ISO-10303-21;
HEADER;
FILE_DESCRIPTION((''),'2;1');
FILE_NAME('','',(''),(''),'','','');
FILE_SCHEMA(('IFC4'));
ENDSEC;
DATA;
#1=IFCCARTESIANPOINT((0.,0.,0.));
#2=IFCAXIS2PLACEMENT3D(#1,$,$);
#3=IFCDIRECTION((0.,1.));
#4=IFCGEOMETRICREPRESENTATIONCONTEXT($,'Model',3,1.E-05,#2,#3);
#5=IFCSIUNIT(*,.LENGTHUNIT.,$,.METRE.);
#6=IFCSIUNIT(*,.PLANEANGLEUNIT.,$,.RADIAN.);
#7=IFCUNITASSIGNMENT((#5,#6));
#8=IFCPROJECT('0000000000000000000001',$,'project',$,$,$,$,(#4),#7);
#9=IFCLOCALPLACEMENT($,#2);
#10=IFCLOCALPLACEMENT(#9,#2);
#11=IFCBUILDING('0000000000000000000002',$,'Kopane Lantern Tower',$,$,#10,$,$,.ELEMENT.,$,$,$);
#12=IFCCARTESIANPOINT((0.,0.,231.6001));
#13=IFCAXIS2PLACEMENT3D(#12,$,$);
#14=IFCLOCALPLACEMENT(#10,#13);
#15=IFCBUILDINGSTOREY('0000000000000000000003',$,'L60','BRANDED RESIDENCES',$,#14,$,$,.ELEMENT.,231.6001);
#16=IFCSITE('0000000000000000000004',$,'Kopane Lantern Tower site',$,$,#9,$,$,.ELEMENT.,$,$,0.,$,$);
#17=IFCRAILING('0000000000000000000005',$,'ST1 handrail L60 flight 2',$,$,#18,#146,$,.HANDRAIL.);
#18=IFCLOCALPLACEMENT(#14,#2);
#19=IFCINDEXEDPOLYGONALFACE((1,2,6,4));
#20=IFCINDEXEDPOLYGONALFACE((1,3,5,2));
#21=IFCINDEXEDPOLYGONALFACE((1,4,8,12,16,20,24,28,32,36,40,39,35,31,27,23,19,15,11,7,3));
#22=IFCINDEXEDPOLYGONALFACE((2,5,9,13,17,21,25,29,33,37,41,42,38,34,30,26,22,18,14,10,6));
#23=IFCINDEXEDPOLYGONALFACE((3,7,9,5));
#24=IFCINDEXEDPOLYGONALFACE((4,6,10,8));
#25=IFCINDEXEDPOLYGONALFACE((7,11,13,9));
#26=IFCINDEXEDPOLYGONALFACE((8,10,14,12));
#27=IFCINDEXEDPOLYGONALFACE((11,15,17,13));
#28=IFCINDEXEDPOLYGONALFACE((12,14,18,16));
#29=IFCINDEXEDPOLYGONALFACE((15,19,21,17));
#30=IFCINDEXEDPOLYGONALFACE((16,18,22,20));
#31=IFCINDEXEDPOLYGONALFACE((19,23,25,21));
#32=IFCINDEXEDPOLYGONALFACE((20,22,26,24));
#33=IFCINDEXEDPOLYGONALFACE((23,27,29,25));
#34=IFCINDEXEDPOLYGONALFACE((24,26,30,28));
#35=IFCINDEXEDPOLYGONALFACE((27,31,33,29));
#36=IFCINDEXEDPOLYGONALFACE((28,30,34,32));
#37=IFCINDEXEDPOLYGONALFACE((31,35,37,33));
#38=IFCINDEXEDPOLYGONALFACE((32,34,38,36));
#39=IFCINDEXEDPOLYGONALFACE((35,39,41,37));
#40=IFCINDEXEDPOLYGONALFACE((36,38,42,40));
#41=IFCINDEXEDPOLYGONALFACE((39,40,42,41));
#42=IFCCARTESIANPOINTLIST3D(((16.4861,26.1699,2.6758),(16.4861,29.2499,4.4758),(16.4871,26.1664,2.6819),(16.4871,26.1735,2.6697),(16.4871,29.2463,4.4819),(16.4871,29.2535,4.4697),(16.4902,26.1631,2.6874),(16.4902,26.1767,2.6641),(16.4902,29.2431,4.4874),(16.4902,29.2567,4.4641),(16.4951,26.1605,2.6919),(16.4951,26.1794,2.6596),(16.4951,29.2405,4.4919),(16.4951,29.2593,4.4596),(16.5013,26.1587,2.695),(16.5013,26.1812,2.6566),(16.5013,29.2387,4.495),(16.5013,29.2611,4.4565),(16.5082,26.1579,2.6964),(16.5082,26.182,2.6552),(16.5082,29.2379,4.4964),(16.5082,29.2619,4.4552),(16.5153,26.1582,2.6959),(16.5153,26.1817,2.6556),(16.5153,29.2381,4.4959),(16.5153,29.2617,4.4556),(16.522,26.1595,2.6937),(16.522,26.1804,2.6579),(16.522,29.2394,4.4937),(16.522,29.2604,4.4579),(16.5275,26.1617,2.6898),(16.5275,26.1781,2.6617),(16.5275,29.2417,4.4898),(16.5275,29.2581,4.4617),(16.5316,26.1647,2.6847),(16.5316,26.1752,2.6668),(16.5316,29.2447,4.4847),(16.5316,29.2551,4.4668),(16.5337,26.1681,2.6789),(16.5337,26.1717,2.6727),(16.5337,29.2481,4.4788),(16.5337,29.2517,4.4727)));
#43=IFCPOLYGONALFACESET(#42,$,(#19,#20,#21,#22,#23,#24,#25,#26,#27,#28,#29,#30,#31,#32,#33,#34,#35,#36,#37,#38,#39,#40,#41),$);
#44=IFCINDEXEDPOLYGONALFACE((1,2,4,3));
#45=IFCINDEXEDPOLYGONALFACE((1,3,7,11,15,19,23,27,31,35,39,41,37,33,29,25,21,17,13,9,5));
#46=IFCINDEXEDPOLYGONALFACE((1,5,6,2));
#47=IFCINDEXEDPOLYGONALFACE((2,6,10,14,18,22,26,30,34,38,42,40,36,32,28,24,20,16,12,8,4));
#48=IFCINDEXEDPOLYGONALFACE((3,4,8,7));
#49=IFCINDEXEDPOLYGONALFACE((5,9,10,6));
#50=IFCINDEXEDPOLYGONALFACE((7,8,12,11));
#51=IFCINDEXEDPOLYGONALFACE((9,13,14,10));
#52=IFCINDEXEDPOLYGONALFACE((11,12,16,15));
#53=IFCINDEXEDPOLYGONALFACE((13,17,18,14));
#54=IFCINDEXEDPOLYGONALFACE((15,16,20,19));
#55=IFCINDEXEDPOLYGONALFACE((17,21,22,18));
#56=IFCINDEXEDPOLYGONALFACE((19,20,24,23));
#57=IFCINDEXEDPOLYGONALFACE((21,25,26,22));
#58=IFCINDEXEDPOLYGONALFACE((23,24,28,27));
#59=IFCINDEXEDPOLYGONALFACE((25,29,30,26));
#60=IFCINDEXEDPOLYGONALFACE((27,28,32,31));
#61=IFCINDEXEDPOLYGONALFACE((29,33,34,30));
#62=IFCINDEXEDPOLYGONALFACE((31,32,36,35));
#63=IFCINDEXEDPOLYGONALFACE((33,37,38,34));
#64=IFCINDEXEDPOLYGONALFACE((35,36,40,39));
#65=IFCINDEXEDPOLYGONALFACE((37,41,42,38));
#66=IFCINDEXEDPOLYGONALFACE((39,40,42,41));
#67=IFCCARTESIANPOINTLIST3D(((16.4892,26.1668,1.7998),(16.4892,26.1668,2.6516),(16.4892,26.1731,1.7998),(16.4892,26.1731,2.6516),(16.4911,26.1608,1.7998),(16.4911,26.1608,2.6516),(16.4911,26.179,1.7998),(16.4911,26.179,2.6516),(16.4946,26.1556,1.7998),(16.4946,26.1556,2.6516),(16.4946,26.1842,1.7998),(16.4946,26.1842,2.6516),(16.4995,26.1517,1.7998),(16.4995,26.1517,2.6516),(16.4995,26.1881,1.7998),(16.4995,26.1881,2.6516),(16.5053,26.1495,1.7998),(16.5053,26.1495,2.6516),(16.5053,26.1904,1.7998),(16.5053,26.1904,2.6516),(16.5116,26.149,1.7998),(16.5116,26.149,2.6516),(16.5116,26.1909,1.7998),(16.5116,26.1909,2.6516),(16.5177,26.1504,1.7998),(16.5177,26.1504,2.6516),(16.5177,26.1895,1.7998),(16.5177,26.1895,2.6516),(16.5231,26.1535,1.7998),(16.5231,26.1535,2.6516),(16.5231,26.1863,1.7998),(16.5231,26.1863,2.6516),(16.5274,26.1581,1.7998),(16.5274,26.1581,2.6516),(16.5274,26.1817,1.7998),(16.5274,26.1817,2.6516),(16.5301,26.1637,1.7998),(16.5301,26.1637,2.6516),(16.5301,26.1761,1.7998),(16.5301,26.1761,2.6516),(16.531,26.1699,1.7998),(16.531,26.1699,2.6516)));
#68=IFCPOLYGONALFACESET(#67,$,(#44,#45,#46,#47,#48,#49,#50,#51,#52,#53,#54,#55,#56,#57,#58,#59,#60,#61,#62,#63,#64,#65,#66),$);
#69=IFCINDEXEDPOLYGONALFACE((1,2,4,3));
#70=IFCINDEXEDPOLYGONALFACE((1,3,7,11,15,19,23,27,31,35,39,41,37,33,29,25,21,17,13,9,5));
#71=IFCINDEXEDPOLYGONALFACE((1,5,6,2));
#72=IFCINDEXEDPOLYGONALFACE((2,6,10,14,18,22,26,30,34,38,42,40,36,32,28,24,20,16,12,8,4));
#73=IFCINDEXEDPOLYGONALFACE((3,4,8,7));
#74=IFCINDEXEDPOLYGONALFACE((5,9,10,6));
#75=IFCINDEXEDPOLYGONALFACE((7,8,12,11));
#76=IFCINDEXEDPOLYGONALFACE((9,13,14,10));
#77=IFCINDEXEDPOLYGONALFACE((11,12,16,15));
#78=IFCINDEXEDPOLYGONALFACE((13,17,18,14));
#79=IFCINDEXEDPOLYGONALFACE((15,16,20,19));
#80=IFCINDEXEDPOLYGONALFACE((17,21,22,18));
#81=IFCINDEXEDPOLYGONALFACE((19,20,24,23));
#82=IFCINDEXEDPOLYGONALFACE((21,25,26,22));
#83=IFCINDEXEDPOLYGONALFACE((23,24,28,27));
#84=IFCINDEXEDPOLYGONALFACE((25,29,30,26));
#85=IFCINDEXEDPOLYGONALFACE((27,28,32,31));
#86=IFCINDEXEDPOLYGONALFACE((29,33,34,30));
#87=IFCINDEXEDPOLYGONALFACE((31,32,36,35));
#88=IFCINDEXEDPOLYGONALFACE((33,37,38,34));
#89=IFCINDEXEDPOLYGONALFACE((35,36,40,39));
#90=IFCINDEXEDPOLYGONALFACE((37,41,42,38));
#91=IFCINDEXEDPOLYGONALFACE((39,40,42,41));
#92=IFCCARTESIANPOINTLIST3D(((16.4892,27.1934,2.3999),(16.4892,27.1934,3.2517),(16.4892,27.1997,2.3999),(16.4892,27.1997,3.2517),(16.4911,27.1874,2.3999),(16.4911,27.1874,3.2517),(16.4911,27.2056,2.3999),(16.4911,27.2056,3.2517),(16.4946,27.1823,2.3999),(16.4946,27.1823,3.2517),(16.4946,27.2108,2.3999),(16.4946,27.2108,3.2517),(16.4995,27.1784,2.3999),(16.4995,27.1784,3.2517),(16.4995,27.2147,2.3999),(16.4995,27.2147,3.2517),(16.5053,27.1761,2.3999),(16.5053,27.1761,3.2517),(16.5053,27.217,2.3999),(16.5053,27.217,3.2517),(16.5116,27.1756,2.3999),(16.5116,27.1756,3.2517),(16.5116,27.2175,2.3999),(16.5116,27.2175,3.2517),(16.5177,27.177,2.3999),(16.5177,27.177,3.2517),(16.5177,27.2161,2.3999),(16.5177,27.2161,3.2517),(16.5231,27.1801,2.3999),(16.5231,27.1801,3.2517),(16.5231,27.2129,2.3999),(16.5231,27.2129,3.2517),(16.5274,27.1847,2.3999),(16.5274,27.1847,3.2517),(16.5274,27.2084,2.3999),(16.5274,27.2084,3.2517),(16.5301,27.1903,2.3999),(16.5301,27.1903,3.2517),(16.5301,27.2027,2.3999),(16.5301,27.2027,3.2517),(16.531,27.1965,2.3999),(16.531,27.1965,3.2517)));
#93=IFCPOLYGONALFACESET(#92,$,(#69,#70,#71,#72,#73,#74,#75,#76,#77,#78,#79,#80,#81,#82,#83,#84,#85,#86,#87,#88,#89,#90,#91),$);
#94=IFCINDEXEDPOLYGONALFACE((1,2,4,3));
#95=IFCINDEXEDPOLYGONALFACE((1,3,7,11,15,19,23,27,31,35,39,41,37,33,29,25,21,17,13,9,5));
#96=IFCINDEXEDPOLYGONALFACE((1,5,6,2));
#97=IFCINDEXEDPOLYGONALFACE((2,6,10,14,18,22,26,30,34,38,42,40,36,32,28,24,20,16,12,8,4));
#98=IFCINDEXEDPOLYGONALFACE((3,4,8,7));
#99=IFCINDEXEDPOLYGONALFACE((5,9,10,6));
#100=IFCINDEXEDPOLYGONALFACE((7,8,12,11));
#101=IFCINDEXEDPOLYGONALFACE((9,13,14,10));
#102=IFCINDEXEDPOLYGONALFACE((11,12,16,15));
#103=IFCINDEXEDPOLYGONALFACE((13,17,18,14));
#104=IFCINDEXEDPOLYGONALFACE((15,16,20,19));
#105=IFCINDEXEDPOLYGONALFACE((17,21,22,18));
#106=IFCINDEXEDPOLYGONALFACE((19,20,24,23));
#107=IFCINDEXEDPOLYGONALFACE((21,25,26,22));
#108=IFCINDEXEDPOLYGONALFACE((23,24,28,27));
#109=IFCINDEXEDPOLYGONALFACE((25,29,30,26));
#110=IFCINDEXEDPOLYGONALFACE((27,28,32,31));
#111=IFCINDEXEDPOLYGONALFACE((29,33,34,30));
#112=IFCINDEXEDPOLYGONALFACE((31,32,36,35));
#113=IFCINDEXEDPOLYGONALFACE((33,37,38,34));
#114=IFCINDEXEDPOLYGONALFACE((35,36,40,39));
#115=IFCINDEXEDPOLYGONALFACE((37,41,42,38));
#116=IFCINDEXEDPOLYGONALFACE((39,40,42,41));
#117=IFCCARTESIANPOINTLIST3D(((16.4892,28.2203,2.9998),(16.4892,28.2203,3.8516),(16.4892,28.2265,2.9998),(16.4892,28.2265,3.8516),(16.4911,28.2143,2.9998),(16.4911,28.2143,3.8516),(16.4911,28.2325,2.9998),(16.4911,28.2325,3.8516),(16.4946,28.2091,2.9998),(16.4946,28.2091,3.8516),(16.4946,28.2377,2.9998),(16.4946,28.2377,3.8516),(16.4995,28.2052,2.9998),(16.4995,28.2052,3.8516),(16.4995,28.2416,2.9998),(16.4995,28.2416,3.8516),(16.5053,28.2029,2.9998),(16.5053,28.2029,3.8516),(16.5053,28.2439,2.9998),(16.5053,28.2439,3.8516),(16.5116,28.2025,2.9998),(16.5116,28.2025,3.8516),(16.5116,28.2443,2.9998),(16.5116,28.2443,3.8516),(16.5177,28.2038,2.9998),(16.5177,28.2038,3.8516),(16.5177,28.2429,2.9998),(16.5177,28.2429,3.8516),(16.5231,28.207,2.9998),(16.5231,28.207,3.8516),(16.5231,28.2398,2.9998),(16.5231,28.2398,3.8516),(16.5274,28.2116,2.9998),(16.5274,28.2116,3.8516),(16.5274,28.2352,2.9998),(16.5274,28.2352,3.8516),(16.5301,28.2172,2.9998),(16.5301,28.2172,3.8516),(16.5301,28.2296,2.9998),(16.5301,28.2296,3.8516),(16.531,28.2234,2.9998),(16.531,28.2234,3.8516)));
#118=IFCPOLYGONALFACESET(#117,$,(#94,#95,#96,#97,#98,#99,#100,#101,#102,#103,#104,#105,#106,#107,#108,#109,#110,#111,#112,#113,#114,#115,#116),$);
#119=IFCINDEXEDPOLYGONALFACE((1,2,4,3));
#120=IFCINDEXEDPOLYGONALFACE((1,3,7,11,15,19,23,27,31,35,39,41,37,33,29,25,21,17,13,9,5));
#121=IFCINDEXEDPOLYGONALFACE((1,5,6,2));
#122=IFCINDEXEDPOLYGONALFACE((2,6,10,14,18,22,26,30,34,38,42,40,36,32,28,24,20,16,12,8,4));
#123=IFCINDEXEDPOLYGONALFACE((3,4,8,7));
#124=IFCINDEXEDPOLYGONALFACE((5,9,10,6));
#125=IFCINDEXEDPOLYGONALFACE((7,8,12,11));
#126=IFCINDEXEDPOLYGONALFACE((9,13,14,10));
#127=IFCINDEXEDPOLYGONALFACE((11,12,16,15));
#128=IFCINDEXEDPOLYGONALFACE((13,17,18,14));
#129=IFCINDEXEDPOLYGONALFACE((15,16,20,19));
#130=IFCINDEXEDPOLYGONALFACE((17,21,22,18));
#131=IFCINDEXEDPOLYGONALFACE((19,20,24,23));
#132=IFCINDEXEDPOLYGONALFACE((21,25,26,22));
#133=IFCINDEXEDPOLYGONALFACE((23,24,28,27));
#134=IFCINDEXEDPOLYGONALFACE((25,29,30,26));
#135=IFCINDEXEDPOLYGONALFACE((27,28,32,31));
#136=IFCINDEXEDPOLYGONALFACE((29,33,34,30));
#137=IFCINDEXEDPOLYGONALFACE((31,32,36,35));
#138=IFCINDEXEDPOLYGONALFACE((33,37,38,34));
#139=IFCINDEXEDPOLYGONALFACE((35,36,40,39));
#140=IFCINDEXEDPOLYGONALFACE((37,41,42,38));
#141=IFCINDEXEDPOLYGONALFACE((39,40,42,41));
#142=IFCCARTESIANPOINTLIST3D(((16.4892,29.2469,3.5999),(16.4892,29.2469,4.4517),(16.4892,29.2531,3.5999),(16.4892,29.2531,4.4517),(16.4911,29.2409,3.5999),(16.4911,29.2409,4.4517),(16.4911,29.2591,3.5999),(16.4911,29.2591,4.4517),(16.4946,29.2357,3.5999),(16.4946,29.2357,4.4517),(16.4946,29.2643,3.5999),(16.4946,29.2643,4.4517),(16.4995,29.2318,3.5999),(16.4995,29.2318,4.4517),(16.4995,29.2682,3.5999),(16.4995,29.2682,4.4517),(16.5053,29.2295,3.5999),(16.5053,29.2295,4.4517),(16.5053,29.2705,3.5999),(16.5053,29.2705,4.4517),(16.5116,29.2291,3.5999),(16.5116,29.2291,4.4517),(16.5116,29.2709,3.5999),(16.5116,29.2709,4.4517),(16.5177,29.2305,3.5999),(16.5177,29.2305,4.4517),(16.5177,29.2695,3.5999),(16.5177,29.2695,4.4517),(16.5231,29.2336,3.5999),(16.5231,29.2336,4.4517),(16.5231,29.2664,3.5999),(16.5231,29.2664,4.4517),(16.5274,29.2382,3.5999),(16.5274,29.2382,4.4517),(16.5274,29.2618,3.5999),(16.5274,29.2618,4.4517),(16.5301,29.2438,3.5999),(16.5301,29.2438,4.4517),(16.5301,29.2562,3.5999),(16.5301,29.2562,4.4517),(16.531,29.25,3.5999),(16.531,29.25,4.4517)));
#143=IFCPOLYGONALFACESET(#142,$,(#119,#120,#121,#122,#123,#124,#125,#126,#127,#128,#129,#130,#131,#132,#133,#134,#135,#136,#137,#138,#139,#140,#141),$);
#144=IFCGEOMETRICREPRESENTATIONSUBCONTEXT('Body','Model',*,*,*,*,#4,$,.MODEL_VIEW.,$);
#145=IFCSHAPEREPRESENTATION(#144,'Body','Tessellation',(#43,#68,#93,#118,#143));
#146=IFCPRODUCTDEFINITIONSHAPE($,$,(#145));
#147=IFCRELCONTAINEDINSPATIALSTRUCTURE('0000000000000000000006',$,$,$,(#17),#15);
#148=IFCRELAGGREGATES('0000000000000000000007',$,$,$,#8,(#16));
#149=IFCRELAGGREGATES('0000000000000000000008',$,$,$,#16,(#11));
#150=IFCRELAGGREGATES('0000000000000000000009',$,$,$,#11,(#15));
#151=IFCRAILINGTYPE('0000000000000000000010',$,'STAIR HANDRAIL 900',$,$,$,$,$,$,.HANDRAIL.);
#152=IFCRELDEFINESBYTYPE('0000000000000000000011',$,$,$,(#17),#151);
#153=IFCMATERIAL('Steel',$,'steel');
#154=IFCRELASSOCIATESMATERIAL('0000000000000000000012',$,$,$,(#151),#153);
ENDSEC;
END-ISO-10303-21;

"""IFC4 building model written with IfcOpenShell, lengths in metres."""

from ifc_helpers import new_model, si_unit, direction, frame, origin, origin_2d, place, context, subcontext, project, spatial, circle, extrude, material, type_object, element, save


model = new_model("IFC4")

# Units and contexts
model_context = context("Model", 3, precision=1e-05, world=origin(), true_north=direction((0.0, 1.0)))
body_context = subcontext(model_context, "Body", "Model", "MODEL_VIEW")
ifc_project = project(units=[si_unit("LENGTHUNIT", "METRE"), si_unit("PLANEANGLEUNIT", "RADIAN")], contexts=[model_context])

# Site, building, storey
site_placement = place(None, origin())
site = spatial("IfcSite", under=ifc_project, at=site_placement, Name="Kopane Lantern Tower site", CompositionType="ELEMENT", RefElevation=0.0)
building_placement = place(site_placement, origin())
building = spatial("IfcBuilding", under=site, at=building_placement, Name="Kopane Lantern Tower", CompositionType="ELEMENT")
storey_placement = place(building_placement, frame((0.0, 0.0, 231.6001)))
storey = spatial("IfcBuildingStorey", under=building, at=storey_placement, Name="L60", Description="BRANDED RESIDENCES", CompositionType="ELEMENT", Elevation=231.6001)

# Railing
ifc_material_1 = material(Name="Steel", Category="steel")
railing_type_1 = type_object("IfcRailingType", Name="STAIR HANDRAIL 900", PredefinedType="HANDRAIL", material=ifc_material_1)
for number, where, name in (
    (1, (16.51, 26.1699, 1.7998), "ST1 handrail L60 flight 2"),
):
    element("IfcRailing", number, at=place(storey_placement, frame(where)), inside=storey, type_object=railing_type_1, Name=name, PredefinedType="HANDRAIL", context=body_context, shape_type="SweptSolid", body=[
        extrude(circle(Radius=0.0239, at=origin_2d()), frame((0.0, 0.0, 0.876), z_axis=(0.0, 0.863372, 0.504569), x_axis=(-1.0, 0.0, 0.0)), (0.0, 0.0, 1.0), 3.5674),
        extrude(circle(Radius=0.021, at=origin_2d()), origin(), (0.0, 0.0, 1.0), 0.8518),
        extrude(circle(Radius=0.021, at=origin_2d()), frame((0.0, 1.0266, 0.6001)), (0.0, 0.0, 1.0), 0.8518),
        extrude(circle(Radius=0.021, at=origin_2d()), frame((0.0, 2.0535, 1.2)), (0.0, 0.0, 1.0), 0.8518),
        extrude(circle(Radius=0.021, at=origin_2d()), frame((0.0, 3.0801, 1.8)), (0.0, 0.0, 1.0), 0.8518),
    ])

save(model, "model.ifc")
